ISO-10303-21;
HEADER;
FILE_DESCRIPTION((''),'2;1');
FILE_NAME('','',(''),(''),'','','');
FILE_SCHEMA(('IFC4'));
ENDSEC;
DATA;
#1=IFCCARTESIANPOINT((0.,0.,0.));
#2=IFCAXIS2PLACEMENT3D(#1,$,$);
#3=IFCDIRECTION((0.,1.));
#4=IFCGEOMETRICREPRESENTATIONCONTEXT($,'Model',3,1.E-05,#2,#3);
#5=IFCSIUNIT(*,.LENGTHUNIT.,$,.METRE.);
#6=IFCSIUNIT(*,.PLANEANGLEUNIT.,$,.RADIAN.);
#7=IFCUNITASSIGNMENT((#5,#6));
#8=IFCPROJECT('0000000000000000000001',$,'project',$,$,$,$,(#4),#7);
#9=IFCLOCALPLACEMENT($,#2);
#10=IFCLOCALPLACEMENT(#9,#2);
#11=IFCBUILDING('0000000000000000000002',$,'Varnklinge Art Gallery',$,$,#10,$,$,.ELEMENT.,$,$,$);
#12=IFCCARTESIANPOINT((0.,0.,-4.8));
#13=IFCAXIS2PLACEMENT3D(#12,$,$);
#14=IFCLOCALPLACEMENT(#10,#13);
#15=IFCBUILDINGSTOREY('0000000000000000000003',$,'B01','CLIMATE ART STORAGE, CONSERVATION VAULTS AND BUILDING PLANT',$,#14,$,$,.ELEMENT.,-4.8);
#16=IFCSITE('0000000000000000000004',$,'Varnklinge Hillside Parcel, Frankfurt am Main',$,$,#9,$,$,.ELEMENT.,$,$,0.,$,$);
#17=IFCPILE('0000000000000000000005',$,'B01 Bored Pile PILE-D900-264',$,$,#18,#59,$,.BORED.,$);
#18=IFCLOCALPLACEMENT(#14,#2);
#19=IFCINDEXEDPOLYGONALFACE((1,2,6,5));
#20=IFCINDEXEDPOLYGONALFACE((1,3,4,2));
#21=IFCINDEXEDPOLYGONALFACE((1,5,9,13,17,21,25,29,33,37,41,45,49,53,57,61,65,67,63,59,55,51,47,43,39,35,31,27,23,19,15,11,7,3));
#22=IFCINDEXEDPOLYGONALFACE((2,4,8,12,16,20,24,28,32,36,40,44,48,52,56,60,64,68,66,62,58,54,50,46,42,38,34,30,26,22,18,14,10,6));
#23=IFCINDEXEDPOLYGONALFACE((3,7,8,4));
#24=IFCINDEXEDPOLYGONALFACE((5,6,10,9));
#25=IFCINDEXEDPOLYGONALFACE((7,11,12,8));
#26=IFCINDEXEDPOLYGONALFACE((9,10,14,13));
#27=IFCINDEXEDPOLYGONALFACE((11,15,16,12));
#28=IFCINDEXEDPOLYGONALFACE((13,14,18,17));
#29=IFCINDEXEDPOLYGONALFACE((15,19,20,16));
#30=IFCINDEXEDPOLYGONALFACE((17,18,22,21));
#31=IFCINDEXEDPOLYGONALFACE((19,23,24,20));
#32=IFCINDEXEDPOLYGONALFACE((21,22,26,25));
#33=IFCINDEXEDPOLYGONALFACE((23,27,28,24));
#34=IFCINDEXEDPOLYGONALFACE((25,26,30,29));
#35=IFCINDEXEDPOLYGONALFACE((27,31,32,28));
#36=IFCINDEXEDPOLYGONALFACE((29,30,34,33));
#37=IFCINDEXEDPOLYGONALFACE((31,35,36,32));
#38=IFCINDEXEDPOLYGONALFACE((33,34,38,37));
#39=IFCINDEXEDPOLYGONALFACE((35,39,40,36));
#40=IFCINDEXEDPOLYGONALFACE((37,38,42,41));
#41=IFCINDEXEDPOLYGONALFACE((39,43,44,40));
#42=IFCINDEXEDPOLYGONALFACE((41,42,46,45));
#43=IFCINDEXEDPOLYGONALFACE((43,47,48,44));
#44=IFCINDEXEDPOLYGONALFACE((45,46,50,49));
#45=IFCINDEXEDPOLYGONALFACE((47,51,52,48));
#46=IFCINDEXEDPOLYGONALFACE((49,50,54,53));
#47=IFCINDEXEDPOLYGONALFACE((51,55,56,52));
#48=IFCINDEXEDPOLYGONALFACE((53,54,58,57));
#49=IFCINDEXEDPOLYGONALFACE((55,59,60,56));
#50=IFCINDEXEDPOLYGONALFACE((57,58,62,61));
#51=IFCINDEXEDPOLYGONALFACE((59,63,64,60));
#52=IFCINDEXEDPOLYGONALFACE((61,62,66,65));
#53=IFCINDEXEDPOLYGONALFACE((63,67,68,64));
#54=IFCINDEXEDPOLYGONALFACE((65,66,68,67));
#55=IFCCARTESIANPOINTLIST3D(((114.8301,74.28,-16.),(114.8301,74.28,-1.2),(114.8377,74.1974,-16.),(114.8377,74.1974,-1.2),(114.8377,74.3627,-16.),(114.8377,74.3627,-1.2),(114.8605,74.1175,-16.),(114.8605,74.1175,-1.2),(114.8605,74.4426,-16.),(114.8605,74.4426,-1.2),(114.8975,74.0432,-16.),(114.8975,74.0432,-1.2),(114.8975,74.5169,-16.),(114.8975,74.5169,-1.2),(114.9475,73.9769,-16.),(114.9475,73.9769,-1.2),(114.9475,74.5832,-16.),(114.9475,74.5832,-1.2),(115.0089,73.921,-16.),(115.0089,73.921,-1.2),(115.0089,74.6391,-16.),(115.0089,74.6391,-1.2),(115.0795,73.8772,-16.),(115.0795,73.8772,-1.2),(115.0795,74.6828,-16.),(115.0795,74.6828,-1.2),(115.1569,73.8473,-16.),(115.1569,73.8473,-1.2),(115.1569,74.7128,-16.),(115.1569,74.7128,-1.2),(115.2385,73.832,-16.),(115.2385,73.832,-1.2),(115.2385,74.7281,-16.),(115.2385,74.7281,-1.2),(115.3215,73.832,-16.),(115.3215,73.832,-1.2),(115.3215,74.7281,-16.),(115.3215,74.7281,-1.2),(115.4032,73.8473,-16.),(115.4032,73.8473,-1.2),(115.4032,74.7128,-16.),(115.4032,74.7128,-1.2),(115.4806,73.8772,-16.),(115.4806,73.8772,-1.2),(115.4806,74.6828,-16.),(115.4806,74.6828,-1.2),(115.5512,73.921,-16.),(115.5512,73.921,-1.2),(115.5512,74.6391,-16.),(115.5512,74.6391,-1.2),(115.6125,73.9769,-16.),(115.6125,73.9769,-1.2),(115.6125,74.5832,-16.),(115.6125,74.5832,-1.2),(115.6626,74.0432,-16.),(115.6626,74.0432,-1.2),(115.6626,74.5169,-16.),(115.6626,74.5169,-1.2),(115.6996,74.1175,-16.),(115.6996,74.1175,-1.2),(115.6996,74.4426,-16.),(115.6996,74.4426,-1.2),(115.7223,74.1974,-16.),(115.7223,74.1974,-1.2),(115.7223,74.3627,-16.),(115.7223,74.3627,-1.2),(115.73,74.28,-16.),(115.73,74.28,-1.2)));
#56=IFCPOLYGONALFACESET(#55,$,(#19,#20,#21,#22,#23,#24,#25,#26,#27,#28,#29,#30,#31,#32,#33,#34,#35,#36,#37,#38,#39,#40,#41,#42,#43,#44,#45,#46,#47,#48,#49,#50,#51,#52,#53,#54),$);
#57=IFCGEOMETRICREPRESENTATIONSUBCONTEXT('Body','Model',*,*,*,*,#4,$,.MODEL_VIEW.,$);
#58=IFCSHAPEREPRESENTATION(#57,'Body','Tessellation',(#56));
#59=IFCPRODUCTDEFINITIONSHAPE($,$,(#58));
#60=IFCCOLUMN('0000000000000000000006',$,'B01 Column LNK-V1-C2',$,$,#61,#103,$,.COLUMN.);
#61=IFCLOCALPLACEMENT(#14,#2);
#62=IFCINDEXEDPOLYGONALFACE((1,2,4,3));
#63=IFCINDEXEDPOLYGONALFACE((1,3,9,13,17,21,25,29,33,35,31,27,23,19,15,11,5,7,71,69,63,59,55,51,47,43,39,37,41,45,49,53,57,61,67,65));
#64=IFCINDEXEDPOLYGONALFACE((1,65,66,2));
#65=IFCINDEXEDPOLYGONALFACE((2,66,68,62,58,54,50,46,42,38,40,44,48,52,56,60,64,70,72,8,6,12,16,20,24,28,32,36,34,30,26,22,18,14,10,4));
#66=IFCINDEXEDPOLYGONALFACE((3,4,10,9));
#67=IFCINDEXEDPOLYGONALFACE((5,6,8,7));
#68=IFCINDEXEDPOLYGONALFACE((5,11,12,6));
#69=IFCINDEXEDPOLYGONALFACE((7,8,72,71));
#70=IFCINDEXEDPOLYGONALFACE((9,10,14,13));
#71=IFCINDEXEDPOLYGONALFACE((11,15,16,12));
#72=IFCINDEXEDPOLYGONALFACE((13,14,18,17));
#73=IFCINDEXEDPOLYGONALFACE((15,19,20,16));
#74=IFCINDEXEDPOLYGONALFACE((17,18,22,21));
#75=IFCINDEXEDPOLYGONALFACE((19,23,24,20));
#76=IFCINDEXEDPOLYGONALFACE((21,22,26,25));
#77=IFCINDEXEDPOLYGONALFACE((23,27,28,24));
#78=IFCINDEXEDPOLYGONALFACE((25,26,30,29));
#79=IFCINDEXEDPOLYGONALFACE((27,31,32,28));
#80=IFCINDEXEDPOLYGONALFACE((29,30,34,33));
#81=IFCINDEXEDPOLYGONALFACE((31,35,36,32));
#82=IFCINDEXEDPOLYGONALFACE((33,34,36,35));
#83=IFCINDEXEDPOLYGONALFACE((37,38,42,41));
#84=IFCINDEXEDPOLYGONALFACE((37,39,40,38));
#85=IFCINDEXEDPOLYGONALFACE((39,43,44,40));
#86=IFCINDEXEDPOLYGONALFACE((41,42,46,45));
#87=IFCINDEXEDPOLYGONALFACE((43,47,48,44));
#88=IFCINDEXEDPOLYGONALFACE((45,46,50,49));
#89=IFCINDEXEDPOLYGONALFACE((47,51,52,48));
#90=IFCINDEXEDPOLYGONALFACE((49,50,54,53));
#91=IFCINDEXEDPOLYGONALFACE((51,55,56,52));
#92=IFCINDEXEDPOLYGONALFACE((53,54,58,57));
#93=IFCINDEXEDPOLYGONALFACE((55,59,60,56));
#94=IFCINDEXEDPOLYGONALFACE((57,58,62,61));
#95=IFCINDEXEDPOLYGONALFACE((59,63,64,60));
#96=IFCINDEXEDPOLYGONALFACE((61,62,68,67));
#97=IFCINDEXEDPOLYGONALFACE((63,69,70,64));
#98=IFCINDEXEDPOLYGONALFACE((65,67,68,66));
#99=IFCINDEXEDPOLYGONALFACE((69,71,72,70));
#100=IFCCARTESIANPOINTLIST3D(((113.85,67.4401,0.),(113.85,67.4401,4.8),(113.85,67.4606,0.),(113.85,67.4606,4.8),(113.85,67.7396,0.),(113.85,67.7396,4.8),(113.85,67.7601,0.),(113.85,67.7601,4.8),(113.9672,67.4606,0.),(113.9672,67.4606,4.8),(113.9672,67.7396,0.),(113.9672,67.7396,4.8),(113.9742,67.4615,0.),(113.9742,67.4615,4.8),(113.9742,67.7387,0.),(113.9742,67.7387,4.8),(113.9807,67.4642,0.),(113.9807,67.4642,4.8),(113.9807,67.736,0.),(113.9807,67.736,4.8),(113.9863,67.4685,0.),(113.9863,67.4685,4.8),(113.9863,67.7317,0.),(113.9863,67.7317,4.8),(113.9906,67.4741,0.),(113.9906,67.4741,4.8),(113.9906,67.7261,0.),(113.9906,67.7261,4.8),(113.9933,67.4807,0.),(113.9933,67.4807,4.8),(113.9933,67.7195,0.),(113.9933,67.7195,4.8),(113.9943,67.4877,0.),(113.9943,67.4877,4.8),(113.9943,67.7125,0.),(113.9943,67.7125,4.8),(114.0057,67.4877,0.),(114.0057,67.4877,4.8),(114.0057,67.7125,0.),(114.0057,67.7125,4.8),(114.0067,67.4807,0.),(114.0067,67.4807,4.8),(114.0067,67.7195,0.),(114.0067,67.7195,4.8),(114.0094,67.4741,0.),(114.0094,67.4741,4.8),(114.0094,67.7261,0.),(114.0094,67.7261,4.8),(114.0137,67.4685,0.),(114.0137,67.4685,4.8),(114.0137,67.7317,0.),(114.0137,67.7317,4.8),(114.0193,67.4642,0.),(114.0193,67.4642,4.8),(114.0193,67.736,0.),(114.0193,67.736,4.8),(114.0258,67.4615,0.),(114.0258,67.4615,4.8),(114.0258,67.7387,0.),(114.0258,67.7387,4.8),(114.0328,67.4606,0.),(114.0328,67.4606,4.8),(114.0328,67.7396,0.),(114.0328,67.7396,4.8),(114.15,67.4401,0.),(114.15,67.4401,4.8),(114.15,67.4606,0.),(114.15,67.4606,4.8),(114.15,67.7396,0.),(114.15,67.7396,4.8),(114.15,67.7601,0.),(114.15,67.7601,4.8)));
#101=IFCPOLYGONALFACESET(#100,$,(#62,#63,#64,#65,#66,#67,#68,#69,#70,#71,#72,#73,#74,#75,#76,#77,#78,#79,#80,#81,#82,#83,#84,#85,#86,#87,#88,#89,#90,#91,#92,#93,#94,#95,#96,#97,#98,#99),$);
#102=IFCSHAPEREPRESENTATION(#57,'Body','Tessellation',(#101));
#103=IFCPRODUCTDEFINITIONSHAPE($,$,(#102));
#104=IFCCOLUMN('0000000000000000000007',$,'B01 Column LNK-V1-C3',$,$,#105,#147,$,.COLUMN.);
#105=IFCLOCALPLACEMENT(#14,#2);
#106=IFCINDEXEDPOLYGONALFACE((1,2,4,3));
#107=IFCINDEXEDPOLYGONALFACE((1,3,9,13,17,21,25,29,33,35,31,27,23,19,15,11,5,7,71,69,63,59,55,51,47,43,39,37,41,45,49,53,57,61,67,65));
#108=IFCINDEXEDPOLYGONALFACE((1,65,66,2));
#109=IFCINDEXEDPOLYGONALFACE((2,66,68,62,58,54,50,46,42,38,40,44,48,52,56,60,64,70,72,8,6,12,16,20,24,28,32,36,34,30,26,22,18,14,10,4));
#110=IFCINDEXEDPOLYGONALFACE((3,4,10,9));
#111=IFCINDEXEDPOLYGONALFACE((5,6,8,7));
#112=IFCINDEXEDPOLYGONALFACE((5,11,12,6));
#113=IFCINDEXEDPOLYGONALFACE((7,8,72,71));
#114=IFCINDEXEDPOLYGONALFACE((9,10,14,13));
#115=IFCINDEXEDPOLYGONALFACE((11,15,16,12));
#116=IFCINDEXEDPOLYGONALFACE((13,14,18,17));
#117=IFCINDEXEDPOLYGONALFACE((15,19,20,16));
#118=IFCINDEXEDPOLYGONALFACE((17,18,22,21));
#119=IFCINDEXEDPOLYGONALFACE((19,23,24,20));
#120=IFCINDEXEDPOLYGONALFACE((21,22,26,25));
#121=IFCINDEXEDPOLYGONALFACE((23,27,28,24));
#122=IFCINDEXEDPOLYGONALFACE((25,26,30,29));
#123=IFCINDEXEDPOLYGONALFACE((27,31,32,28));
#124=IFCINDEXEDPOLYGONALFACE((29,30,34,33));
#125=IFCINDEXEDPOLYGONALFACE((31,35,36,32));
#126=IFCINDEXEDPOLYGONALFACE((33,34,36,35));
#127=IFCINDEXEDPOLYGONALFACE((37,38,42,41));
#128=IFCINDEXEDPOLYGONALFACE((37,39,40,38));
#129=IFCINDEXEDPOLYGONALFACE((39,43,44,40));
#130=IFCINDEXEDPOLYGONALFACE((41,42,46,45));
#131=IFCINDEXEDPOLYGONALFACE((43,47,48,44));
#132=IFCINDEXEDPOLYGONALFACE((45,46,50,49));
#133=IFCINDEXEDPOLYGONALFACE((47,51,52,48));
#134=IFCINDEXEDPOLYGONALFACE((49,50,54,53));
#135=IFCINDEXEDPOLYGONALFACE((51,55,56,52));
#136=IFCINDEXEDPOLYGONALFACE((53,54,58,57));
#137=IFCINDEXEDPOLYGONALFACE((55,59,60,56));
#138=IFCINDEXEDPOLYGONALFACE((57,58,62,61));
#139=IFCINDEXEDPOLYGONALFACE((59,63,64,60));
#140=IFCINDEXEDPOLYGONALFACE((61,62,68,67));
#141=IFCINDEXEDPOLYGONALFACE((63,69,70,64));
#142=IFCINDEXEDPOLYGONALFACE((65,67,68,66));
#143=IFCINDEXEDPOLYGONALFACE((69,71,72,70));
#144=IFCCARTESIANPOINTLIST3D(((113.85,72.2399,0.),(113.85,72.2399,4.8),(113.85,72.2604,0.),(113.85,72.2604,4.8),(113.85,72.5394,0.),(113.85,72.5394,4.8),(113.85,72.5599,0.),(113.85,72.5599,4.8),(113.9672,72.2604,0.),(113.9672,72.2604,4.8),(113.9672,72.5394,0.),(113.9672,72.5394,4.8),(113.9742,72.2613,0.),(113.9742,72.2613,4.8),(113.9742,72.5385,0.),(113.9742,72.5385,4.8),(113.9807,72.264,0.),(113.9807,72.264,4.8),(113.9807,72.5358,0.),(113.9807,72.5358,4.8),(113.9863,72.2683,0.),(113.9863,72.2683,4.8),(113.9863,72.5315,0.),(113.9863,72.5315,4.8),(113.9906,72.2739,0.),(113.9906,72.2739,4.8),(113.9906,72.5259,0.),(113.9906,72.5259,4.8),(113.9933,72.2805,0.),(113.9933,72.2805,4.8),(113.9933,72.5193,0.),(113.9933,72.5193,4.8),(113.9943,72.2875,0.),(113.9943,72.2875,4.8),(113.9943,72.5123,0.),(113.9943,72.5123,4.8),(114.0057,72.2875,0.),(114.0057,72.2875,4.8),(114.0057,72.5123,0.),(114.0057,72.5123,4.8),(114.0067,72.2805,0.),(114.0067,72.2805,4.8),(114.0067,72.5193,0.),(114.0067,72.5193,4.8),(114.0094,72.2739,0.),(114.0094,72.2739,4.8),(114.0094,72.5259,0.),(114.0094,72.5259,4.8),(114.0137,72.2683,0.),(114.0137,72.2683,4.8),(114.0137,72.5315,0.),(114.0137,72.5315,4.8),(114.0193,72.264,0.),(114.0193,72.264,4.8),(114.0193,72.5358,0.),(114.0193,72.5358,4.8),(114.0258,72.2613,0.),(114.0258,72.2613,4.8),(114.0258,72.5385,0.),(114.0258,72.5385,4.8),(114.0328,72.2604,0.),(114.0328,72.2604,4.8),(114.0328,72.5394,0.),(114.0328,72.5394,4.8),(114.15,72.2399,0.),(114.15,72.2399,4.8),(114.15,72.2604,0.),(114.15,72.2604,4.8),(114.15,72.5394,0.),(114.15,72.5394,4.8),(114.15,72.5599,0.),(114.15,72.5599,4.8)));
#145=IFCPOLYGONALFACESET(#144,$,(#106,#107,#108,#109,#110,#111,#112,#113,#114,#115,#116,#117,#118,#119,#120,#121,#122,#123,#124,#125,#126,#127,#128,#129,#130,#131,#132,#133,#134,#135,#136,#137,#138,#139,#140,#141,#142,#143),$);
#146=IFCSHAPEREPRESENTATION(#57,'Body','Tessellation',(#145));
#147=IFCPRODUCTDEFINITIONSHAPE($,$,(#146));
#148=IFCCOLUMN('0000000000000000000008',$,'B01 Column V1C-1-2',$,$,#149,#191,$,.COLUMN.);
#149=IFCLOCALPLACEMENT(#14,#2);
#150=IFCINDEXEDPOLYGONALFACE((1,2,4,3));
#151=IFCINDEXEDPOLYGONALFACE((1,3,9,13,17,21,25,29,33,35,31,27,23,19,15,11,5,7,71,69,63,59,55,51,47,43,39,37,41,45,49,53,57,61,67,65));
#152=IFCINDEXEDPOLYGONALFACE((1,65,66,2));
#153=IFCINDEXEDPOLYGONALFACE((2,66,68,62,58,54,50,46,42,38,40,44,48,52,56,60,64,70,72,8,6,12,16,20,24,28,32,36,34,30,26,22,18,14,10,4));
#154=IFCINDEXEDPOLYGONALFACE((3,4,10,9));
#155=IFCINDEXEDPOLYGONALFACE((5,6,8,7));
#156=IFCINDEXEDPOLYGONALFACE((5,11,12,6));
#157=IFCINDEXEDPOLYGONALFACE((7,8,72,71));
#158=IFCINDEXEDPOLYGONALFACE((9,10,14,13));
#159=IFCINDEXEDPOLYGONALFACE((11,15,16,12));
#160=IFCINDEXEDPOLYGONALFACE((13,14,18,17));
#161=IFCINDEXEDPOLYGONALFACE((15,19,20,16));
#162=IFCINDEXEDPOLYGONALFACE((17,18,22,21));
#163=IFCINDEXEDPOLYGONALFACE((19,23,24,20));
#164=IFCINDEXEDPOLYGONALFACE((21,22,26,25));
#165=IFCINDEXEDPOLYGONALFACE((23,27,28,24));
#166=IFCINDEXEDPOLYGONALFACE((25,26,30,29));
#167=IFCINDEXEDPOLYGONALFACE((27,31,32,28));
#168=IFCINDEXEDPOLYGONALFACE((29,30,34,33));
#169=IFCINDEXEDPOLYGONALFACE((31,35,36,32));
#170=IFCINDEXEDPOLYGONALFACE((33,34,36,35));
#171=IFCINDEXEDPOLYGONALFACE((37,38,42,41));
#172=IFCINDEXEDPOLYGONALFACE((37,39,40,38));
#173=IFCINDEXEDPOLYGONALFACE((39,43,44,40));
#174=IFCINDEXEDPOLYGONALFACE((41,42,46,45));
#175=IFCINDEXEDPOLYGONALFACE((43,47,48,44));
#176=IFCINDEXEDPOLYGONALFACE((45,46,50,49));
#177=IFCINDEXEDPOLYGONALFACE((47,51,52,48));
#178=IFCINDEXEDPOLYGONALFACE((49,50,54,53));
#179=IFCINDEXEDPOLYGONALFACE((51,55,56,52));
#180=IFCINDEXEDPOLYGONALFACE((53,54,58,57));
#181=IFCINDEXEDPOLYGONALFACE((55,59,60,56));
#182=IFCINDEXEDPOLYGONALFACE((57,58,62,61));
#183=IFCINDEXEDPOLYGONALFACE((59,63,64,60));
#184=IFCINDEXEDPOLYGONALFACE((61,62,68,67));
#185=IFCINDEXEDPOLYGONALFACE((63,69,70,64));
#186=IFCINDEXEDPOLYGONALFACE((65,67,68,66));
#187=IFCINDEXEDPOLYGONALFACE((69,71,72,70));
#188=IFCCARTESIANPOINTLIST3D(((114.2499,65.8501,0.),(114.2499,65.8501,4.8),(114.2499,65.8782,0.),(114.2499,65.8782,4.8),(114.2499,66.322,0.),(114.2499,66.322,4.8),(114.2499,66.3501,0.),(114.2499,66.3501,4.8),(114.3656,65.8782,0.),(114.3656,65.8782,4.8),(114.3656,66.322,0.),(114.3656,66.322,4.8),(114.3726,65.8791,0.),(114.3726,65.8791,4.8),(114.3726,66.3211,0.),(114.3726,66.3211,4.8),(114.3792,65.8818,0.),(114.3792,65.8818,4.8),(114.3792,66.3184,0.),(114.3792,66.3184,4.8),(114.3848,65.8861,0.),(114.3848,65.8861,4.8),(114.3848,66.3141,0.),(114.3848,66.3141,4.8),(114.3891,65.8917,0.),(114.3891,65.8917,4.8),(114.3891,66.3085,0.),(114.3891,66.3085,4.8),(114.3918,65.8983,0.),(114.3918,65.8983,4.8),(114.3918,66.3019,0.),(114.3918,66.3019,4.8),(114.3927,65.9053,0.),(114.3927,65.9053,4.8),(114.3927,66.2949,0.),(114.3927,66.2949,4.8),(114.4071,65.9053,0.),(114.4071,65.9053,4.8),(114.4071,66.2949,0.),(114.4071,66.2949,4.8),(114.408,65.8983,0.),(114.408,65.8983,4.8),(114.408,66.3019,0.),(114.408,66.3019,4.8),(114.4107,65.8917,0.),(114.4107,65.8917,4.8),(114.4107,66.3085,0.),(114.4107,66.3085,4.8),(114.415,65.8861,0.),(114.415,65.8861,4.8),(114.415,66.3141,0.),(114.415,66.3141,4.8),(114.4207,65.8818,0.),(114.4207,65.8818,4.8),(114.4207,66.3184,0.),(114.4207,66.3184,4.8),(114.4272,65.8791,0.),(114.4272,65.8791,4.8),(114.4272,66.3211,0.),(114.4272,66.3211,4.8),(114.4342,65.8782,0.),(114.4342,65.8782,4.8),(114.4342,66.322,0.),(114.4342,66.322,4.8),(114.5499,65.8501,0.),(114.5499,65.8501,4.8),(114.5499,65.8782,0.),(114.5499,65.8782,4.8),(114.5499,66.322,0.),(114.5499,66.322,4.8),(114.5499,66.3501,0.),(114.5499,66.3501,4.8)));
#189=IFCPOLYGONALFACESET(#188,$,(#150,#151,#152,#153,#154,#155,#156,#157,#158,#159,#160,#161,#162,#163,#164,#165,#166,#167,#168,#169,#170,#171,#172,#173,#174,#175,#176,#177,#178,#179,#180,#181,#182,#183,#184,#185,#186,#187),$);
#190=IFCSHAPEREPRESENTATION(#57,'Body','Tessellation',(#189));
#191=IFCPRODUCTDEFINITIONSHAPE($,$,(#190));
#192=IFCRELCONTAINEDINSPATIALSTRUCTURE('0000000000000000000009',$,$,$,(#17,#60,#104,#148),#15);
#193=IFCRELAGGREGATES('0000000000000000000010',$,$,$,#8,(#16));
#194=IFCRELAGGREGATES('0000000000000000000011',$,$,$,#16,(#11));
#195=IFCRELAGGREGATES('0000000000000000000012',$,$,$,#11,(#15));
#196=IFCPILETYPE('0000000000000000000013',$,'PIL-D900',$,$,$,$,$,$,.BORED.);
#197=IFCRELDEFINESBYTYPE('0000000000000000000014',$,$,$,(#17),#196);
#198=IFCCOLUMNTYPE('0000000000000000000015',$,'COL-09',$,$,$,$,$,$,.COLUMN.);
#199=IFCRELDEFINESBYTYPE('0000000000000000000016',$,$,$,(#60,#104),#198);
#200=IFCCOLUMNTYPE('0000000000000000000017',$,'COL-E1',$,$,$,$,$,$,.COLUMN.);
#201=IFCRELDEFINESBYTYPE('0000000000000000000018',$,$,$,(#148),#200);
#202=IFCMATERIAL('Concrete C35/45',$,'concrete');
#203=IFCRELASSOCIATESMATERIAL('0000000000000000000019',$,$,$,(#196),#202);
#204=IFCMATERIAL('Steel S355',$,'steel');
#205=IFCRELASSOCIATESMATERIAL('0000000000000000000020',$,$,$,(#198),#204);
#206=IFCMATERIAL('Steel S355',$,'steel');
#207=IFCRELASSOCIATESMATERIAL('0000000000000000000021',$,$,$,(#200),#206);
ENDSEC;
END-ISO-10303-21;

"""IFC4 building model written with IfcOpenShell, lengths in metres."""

from ifc_helpers import new_model, si_unit, direction, frame, origin, origin_2d, place, context, subcontext, project, spatial, circle, i_section, extrude, material, material_profile, profile_set, type_object, element, save


model = new_model("IFC4")

# Units and contexts
model_context = context("Model", 3, precision=1e-05, world=origin(), true_north=direction((0.0, 1.0)))
body_context = subcontext(model_context, "Body", "Model", "MODEL_VIEW")
ifc_project = project(units=[si_unit("LENGTHUNIT", "METRE"), si_unit("PLANEANGLEUNIT", "RADIAN")], contexts=[model_context])

# Site, building, storey
site_placement = place(None, origin())
site = spatial("IfcSite", under=ifc_project, at=site_placement, Name="Varnklinge Hillside Parcel, Frankfurt am Main", CompositionType="ELEMENT", RefElevation=0.0)
building_placement = place(site_placement, origin())
building = spatial("IfcBuilding", under=site, at=building_placement, Name="Varnklinge Art Gallery", CompositionType="ELEMENT")
storey_placement = place(building_placement, frame((0.0, 0.0, -4.8)))
storey = spatial("IfcBuildingStorey", under=building, at=storey_placement, Name="B01", Description="CLIMATE ART STORAGE, CONSERVATION VAULTS AND BUILDING PLANT", CompositionType="ELEMENT", Elevation=-4.8)

# Pile
ifc_material_1 = material(Name="Concrete C35/45", Category="concrete")
ifc_material_profile_1 = material_profile(ifc_material_1, circle(Radius=0.45, at=origin_2d()), Name="PILE D900")
ifc_profile_set_1 = profile_set([ifc_material_profile_1], Name="Concrete C35/45")
pile_type = type_object("IfcPileType", Name="PIL-D900", PredefinedType="BORED", material=ifc_profile_set_1)
for number, where, z_axis, x_axis, name in (
    (1, (115.28, 74.28, -1.2), (0.0, 0.0, -1.0), (1.0, 0.0, 0.0), "B01 Bored Pile PILE-D900-264"),
):
    element("IfcPile", number, at=place(storey_placement, frame(where, z_axis=z_axis, x_axis=x_axis)), inside=storey, type_object=pile_type, Name=name, PredefinedType="BORED", context=body_context, shape_type="SweptSolid", body=[
        extrude(circle(Radius=0.45, at=origin_2d()), origin(), (0.0, 0.0, 1.0), 14.8),
    ])

# Columns
ifc_material_2 = material(Name="Steel S355", Category="steel")
ifc_material_profile_2 = material_profile(ifc_material_2, i_section(OverallWidth=0.3, OverallDepth=0.3201, WebThickness=0.0115, FlangeThickness=0.0205, FilletRadius=0.0271, at=origin_2d()), Name="HEB 320")
ifc_profile_set_2 = profile_set([ifc_material_profile_2], Name="Steel S355")
column_type_1 = type_object("IfcColumnType", Name="COL-09", PredefinedType="COLUMN", material=ifc_profile_set_2)
for number, where, z_axis, x_axis, name in (
    (2, (114.0, 67.6001, 0.0), (0.0, 0.0, 1.0), (1.0, 0.0, 0.0), "B01 Column LNK-V1-C2"),
    (3, (114.0, 72.3999, 0.0), (0.0, 0.0, 1.0), (1.0, 0.0, 0.0), "B01 Column LNK-V1-C3"),
):
    element("IfcColumn", number, at=place(storey_placement, frame(where, z_axis=z_axis, x_axis=x_axis)), inside=storey, type_object=column_type_1, Name=name, PredefinedType="COLUMN", context=body_context, shape_type="SweptSolid", body=[
        extrude(i_section(OverallWidth=0.3, OverallDepth=0.3201, WebThickness=0.0115, FlangeThickness=0.0205, FilletRadius=0.0271, at=origin_2d()), origin(), (0.0, 0.0, 1.0), 4.8),
    ])
ifc_material_3 = material(Name="Steel S355", Category="steel")
ifc_material_profile_3 = material_profile(ifc_material_3, i_section(OverallWidth=0.3, OverallDepth=0.5, WebThickness=0.0144, FlangeThickness=0.0281, FilletRadius=0.0271, at=origin_2d()), Name="HEB 500")
ifc_profile_set_3 = profile_set([ifc_material_profile_3], Name="Steel S355")
column_type_2 = type_object("IfcColumnType", Name="COL-E1", PredefinedType="COLUMN", material=ifc_profile_set_3)
for number, where, z_axis, x_axis, name in (
    (4, (114.3999, 66.1001, 0.0), (0.0, 0.0, 1.0), (1.0, 0.0, 0.0), "B01 Column V1C-1-2"),
):
    element("IfcColumn", number, at=place(storey_placement, frame(where, z_axis=z_axis, x_axis=x_axis)), inside=storey, type_object=column_type_2, Name=name, PredefinedType="COLUMN", context=body_context, shape_type="SweptSolid", body=[
        extrude(i_section(OverallWidth=0.3, OverallDepth=0.5, WebThickness=0.0144, FlangeThickness=0.0281, FilletRadius=0.0271, at=origin_2d()), origin(), (0.0, 0.0, 1.0), 4.8),
    ])

save(model, "model.ifc")
